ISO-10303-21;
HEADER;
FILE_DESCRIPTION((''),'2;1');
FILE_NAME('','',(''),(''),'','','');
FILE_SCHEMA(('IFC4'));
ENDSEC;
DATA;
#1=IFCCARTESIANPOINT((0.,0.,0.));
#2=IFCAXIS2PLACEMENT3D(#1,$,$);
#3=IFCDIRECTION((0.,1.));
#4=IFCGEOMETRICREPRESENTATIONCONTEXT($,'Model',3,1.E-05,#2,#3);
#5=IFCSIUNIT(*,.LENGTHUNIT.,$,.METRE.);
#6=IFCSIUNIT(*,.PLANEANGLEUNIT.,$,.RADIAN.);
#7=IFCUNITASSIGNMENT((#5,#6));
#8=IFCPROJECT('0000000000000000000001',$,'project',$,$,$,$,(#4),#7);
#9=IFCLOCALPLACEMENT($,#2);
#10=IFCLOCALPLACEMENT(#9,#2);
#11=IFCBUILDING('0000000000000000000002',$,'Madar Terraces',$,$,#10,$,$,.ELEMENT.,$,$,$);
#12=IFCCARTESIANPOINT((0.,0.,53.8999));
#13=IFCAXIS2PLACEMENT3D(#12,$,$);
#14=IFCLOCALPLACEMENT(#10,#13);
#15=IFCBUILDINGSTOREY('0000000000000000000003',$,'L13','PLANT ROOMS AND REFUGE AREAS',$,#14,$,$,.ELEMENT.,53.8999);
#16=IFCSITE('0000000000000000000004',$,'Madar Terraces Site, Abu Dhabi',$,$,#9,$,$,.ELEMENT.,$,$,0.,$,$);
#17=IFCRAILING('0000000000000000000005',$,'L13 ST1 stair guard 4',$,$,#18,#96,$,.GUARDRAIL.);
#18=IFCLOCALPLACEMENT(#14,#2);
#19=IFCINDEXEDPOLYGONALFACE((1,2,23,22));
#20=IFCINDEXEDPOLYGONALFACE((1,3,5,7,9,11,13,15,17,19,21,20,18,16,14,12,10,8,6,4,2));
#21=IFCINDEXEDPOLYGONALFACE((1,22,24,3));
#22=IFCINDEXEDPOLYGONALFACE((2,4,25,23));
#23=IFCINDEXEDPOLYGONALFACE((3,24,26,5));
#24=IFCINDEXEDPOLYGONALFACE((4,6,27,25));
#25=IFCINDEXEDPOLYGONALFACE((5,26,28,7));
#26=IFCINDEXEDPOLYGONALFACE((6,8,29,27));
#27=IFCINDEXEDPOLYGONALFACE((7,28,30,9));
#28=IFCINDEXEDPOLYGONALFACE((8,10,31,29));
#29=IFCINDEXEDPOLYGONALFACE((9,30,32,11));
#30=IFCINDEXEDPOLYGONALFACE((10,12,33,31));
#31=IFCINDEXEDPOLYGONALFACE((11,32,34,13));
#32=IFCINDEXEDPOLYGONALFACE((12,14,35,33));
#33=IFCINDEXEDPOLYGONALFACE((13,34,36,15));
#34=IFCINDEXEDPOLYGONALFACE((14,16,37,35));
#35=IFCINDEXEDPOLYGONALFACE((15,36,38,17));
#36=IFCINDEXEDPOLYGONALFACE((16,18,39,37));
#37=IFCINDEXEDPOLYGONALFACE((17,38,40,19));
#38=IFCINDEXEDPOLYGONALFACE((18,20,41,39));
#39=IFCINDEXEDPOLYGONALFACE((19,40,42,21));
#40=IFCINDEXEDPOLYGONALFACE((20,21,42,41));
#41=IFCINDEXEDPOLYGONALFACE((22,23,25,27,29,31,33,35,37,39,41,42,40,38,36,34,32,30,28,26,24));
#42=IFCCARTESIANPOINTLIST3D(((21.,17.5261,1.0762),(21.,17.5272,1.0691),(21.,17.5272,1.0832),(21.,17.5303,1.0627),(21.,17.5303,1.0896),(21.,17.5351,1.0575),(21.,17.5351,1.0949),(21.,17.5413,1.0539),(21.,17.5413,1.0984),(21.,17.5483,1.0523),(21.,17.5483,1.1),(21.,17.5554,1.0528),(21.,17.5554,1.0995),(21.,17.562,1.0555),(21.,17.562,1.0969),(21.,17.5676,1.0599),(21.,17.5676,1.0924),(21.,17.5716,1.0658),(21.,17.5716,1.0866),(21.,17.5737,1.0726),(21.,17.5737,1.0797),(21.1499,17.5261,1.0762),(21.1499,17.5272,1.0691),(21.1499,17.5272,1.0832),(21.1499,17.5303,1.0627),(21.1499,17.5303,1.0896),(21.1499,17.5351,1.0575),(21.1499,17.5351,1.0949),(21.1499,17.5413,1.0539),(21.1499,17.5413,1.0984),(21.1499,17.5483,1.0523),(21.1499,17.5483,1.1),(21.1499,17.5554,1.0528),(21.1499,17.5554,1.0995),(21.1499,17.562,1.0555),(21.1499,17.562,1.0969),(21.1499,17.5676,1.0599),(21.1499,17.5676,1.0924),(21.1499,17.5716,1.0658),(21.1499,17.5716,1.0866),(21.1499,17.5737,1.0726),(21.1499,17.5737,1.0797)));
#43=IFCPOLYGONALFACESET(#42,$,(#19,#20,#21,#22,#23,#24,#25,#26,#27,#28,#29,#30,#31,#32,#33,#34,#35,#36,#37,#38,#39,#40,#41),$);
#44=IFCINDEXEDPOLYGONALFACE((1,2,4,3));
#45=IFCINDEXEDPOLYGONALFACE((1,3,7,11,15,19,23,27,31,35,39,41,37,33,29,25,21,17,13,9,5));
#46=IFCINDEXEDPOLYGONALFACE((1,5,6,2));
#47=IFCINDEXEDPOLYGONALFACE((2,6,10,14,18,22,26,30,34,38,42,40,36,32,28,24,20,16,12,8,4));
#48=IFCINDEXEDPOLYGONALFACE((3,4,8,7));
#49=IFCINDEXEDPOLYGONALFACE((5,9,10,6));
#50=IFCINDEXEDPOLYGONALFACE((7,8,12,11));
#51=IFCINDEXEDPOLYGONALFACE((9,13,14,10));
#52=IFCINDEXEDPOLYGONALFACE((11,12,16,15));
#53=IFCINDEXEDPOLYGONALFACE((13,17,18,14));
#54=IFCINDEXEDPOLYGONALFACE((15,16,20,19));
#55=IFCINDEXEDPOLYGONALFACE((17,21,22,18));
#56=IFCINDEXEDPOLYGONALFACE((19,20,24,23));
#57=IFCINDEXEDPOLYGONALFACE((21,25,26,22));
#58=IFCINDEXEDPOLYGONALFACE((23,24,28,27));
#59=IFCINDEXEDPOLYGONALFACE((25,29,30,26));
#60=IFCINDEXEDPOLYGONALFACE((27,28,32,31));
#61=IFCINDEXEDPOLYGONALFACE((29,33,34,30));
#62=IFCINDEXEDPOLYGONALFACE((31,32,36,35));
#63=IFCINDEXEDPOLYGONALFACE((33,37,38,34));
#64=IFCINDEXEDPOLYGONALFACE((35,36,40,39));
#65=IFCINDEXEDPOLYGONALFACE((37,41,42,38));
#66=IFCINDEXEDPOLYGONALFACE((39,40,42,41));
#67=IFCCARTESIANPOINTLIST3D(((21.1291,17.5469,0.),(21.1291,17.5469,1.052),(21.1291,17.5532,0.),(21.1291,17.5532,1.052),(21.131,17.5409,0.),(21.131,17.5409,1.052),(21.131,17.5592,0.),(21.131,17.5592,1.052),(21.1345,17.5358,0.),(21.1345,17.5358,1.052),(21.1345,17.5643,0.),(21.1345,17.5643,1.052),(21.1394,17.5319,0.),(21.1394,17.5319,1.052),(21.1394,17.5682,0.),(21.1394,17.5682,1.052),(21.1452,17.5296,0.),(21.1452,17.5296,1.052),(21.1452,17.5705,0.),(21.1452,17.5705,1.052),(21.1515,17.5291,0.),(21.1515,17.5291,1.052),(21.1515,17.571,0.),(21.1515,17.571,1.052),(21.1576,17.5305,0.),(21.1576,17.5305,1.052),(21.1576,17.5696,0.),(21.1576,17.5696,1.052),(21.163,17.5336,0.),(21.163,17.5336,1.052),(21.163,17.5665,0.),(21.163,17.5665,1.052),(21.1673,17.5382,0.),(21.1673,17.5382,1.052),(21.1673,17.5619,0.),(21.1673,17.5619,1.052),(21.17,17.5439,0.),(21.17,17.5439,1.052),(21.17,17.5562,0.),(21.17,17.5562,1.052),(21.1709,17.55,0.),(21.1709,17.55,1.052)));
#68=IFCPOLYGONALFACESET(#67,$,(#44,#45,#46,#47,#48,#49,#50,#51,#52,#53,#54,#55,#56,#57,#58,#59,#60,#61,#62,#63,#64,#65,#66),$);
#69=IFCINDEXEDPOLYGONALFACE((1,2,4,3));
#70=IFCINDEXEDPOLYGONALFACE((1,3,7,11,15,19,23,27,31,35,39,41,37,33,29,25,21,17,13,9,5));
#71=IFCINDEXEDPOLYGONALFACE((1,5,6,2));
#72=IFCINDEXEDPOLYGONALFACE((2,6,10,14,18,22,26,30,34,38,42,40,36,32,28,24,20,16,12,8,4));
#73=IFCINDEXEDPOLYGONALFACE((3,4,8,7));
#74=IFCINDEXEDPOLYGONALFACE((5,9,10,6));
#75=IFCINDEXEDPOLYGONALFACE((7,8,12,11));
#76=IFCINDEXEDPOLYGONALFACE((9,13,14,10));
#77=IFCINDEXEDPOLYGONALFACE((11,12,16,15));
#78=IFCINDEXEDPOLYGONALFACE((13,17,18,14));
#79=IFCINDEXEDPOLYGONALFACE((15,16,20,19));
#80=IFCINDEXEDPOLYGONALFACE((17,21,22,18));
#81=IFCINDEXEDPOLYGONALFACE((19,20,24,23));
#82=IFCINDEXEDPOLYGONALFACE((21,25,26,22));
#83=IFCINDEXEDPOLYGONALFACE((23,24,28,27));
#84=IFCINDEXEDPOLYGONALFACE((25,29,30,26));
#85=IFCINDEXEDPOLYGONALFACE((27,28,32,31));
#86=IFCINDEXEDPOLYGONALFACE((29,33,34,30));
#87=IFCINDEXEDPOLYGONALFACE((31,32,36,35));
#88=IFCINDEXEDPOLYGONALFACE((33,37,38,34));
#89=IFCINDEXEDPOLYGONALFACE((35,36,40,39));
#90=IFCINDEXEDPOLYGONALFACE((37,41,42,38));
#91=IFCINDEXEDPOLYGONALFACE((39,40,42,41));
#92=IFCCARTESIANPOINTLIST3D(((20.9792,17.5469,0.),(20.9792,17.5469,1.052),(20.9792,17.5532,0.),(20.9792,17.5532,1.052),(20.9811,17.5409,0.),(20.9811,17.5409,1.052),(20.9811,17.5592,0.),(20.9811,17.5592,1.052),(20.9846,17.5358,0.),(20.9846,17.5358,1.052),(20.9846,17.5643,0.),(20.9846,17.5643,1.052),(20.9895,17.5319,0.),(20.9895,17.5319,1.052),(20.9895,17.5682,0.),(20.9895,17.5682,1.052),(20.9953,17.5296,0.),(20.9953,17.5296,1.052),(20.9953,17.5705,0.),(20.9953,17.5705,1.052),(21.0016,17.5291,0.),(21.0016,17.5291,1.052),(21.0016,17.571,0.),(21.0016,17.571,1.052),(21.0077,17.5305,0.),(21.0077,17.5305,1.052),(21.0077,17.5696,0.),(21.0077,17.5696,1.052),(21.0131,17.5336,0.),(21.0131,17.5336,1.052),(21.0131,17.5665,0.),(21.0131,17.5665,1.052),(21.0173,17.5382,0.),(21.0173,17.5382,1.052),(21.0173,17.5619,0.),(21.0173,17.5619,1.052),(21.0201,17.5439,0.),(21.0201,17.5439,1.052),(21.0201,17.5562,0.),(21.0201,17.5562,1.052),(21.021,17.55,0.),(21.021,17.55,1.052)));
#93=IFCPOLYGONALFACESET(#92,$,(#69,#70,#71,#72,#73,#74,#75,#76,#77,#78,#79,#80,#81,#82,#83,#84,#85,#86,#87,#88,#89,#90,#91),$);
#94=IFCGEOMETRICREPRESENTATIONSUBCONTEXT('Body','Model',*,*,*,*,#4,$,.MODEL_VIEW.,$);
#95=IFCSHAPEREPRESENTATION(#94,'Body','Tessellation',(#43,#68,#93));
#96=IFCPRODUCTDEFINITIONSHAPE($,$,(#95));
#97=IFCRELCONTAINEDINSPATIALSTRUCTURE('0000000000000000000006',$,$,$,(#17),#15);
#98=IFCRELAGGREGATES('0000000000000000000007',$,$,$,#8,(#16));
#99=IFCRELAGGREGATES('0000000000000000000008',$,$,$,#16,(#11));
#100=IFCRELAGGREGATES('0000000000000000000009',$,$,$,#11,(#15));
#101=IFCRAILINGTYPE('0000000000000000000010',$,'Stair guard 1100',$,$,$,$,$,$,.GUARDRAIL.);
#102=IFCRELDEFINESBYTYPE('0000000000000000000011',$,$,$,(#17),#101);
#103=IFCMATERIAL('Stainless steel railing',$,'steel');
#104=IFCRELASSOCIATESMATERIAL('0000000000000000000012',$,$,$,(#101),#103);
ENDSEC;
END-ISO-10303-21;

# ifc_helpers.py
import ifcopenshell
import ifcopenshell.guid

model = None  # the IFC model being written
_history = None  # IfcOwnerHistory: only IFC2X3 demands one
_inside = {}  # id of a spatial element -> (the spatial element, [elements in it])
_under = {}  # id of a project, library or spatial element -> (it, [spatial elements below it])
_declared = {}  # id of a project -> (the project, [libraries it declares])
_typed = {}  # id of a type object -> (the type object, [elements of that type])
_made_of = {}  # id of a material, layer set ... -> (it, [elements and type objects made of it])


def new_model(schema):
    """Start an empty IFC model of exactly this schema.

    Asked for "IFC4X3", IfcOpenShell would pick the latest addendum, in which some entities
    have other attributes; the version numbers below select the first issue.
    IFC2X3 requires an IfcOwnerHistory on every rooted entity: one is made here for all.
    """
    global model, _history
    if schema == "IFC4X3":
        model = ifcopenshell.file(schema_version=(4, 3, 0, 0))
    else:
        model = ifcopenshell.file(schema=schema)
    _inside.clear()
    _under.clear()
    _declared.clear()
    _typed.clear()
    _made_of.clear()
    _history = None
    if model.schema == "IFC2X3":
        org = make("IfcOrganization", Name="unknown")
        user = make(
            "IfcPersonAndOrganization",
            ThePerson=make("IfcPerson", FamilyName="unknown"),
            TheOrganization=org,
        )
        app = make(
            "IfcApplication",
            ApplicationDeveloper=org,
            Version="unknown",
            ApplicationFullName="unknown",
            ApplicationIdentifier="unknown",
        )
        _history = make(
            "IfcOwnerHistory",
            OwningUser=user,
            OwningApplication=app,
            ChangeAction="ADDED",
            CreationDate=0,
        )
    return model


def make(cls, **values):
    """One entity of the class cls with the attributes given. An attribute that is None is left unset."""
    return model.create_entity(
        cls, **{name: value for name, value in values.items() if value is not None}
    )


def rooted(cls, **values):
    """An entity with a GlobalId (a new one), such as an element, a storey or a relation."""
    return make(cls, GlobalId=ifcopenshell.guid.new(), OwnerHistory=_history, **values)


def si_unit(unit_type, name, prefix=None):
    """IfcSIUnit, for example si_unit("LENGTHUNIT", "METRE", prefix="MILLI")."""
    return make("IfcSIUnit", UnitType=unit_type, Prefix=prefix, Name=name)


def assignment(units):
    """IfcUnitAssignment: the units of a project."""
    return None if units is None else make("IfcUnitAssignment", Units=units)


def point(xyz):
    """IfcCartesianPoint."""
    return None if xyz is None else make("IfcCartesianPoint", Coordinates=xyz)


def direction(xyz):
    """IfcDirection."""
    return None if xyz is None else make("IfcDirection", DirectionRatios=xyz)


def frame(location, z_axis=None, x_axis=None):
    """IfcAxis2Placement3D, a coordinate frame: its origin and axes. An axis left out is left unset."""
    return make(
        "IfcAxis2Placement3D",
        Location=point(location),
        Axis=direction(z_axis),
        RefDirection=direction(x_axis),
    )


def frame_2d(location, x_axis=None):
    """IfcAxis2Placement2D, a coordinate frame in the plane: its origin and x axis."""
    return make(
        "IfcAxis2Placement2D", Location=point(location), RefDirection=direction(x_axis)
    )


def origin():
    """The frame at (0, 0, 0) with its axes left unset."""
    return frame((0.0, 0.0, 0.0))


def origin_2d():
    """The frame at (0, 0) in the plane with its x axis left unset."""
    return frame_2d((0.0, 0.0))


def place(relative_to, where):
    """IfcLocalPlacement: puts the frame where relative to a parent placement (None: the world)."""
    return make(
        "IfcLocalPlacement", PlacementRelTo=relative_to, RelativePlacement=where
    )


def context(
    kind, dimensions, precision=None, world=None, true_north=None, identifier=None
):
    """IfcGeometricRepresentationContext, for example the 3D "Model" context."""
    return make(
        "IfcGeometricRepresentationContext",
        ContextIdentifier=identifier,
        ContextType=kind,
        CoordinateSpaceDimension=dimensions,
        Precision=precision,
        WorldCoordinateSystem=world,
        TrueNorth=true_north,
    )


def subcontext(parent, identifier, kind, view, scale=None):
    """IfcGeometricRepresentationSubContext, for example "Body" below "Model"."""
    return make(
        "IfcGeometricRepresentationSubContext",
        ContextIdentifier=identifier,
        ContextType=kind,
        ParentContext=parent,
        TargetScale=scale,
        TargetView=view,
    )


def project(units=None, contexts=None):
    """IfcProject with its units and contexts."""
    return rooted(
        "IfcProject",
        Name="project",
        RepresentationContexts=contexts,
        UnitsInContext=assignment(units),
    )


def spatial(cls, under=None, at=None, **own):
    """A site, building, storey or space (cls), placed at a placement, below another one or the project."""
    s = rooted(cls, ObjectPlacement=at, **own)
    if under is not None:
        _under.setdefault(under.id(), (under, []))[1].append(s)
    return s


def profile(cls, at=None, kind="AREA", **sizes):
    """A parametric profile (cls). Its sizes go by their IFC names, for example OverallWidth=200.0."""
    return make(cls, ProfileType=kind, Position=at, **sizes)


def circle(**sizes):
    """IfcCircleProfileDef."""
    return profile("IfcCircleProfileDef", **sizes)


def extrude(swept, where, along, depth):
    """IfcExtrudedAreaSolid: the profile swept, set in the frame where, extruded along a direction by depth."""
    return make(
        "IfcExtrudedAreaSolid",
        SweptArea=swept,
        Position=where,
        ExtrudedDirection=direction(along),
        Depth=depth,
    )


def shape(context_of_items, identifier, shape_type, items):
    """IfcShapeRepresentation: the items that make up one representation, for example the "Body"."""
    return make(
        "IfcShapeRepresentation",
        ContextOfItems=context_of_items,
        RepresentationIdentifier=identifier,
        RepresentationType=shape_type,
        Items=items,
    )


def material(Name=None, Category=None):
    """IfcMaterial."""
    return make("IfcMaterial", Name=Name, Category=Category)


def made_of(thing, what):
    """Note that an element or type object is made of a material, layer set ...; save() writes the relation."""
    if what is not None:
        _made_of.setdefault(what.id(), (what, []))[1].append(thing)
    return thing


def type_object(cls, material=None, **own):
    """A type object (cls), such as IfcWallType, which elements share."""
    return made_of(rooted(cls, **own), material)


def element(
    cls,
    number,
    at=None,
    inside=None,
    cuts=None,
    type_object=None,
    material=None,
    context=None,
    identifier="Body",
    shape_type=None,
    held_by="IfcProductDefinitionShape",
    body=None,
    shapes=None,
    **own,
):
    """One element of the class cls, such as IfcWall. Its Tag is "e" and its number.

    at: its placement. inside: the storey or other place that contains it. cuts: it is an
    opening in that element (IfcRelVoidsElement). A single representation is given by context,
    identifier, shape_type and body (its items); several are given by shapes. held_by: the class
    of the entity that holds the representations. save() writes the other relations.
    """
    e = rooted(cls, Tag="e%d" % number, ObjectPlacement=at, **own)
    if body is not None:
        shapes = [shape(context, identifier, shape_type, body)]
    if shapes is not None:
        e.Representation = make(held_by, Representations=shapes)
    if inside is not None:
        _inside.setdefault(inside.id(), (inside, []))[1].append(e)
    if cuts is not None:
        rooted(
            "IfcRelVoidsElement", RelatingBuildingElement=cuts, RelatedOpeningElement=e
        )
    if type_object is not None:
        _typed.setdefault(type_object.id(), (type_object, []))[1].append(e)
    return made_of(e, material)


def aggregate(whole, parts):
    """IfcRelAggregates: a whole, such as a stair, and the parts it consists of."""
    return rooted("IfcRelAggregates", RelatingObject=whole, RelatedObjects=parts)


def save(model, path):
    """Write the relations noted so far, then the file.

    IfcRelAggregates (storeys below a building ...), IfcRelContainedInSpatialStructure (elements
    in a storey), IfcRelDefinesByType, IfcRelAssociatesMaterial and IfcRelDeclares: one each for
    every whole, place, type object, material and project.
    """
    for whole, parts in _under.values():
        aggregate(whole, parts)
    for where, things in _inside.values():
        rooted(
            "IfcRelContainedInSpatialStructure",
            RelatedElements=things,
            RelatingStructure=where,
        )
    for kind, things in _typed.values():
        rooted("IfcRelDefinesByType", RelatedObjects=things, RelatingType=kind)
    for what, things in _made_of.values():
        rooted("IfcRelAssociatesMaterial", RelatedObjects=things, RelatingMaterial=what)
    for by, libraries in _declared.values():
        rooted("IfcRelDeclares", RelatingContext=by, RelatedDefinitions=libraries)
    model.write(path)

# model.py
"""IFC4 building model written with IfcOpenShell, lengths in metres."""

from ifc_helpers import new_model, si_unit, direction, frame, origin, origin_2d, place, context, subcontext, project, spatial, circle, extrude, material, type_object, element, save


model = new_model("IFC4")

# Units and contexts
model_context = context("Model", 3, precision=1e-05, world=origin(), true_north=direction((0.0, 1.0)))
body_context = subcontext(model_context, "Body", "Model", "MODEL_VIEW")
ifc_project = project(units=[si_unit("LENGTHUNIT", "METRE"), si_unit("PLANEANGLEUNIT", "RADIAN")], contexts=[model_context])

# Site, building, storey
site_placement = place(None, origin())
site = spatial("IfcSite", under=ifc_project, at=site_placement, Name="Madar Terraces Site, Abu Dhabi", CompositionType="ELEMENT", RefElevation=0.0)
building_placement = place(site_placement, origin())
building = spatial("IfcBuilding", under=site, at=building_placement, Name="Madar Terraces", CompositionType="ELEMENT")
storey_placement = place(building_placement, frame((0.0, 0.0, 53.8999)))
storey = spatial("IfcBuildingStorey", under=building, at=storey_placement, Name="L13", Description="PLANT ROOMS AND REFUGE AREAS", CompositionType="ELEMENT", Elevation=53.8999)

# Railing
ifc_material_1 = material(Name="Stainless steel railing", Category="steel")
railing_type = type_object("IfcRailingType", Name="Stair guard 1100", PredefinedType="GUARDRAIL", material=ifc_material_1)
railing_placement = place(storey_placement, frame((21.1499, 17.55, 0.0)))
element("IfcRailing", 1, at=railing_placement, inside=storey, type_object=railing_type, Name="L13 ST1 stair guard 4", PredefinedType="GUARDRAIL", context=body_context, shape_type="SweptSolid", body=[
    extrude(circle(Radius=0.0239, at=origin_2d()), frame((0.0, 0.0, 1.0762), z_axis=(-1.0, 0.0, 0.0), x_axis=(0.0, -1.0, 0.0)), (0.0, 0.0, 1.0), 0.1499),
    extrude(circle(Radius=0.021, at=origin_2d()), origin(), (0.0, 0.0, 1.0), 1.052),
    extrude(circle(Radius=0.021, at=origin_2d()), frame((-0.1499, 0.0, 0.0)), (0.0, 0.0, 1.0), 1.052),
])

save(model, "model.ifc")
